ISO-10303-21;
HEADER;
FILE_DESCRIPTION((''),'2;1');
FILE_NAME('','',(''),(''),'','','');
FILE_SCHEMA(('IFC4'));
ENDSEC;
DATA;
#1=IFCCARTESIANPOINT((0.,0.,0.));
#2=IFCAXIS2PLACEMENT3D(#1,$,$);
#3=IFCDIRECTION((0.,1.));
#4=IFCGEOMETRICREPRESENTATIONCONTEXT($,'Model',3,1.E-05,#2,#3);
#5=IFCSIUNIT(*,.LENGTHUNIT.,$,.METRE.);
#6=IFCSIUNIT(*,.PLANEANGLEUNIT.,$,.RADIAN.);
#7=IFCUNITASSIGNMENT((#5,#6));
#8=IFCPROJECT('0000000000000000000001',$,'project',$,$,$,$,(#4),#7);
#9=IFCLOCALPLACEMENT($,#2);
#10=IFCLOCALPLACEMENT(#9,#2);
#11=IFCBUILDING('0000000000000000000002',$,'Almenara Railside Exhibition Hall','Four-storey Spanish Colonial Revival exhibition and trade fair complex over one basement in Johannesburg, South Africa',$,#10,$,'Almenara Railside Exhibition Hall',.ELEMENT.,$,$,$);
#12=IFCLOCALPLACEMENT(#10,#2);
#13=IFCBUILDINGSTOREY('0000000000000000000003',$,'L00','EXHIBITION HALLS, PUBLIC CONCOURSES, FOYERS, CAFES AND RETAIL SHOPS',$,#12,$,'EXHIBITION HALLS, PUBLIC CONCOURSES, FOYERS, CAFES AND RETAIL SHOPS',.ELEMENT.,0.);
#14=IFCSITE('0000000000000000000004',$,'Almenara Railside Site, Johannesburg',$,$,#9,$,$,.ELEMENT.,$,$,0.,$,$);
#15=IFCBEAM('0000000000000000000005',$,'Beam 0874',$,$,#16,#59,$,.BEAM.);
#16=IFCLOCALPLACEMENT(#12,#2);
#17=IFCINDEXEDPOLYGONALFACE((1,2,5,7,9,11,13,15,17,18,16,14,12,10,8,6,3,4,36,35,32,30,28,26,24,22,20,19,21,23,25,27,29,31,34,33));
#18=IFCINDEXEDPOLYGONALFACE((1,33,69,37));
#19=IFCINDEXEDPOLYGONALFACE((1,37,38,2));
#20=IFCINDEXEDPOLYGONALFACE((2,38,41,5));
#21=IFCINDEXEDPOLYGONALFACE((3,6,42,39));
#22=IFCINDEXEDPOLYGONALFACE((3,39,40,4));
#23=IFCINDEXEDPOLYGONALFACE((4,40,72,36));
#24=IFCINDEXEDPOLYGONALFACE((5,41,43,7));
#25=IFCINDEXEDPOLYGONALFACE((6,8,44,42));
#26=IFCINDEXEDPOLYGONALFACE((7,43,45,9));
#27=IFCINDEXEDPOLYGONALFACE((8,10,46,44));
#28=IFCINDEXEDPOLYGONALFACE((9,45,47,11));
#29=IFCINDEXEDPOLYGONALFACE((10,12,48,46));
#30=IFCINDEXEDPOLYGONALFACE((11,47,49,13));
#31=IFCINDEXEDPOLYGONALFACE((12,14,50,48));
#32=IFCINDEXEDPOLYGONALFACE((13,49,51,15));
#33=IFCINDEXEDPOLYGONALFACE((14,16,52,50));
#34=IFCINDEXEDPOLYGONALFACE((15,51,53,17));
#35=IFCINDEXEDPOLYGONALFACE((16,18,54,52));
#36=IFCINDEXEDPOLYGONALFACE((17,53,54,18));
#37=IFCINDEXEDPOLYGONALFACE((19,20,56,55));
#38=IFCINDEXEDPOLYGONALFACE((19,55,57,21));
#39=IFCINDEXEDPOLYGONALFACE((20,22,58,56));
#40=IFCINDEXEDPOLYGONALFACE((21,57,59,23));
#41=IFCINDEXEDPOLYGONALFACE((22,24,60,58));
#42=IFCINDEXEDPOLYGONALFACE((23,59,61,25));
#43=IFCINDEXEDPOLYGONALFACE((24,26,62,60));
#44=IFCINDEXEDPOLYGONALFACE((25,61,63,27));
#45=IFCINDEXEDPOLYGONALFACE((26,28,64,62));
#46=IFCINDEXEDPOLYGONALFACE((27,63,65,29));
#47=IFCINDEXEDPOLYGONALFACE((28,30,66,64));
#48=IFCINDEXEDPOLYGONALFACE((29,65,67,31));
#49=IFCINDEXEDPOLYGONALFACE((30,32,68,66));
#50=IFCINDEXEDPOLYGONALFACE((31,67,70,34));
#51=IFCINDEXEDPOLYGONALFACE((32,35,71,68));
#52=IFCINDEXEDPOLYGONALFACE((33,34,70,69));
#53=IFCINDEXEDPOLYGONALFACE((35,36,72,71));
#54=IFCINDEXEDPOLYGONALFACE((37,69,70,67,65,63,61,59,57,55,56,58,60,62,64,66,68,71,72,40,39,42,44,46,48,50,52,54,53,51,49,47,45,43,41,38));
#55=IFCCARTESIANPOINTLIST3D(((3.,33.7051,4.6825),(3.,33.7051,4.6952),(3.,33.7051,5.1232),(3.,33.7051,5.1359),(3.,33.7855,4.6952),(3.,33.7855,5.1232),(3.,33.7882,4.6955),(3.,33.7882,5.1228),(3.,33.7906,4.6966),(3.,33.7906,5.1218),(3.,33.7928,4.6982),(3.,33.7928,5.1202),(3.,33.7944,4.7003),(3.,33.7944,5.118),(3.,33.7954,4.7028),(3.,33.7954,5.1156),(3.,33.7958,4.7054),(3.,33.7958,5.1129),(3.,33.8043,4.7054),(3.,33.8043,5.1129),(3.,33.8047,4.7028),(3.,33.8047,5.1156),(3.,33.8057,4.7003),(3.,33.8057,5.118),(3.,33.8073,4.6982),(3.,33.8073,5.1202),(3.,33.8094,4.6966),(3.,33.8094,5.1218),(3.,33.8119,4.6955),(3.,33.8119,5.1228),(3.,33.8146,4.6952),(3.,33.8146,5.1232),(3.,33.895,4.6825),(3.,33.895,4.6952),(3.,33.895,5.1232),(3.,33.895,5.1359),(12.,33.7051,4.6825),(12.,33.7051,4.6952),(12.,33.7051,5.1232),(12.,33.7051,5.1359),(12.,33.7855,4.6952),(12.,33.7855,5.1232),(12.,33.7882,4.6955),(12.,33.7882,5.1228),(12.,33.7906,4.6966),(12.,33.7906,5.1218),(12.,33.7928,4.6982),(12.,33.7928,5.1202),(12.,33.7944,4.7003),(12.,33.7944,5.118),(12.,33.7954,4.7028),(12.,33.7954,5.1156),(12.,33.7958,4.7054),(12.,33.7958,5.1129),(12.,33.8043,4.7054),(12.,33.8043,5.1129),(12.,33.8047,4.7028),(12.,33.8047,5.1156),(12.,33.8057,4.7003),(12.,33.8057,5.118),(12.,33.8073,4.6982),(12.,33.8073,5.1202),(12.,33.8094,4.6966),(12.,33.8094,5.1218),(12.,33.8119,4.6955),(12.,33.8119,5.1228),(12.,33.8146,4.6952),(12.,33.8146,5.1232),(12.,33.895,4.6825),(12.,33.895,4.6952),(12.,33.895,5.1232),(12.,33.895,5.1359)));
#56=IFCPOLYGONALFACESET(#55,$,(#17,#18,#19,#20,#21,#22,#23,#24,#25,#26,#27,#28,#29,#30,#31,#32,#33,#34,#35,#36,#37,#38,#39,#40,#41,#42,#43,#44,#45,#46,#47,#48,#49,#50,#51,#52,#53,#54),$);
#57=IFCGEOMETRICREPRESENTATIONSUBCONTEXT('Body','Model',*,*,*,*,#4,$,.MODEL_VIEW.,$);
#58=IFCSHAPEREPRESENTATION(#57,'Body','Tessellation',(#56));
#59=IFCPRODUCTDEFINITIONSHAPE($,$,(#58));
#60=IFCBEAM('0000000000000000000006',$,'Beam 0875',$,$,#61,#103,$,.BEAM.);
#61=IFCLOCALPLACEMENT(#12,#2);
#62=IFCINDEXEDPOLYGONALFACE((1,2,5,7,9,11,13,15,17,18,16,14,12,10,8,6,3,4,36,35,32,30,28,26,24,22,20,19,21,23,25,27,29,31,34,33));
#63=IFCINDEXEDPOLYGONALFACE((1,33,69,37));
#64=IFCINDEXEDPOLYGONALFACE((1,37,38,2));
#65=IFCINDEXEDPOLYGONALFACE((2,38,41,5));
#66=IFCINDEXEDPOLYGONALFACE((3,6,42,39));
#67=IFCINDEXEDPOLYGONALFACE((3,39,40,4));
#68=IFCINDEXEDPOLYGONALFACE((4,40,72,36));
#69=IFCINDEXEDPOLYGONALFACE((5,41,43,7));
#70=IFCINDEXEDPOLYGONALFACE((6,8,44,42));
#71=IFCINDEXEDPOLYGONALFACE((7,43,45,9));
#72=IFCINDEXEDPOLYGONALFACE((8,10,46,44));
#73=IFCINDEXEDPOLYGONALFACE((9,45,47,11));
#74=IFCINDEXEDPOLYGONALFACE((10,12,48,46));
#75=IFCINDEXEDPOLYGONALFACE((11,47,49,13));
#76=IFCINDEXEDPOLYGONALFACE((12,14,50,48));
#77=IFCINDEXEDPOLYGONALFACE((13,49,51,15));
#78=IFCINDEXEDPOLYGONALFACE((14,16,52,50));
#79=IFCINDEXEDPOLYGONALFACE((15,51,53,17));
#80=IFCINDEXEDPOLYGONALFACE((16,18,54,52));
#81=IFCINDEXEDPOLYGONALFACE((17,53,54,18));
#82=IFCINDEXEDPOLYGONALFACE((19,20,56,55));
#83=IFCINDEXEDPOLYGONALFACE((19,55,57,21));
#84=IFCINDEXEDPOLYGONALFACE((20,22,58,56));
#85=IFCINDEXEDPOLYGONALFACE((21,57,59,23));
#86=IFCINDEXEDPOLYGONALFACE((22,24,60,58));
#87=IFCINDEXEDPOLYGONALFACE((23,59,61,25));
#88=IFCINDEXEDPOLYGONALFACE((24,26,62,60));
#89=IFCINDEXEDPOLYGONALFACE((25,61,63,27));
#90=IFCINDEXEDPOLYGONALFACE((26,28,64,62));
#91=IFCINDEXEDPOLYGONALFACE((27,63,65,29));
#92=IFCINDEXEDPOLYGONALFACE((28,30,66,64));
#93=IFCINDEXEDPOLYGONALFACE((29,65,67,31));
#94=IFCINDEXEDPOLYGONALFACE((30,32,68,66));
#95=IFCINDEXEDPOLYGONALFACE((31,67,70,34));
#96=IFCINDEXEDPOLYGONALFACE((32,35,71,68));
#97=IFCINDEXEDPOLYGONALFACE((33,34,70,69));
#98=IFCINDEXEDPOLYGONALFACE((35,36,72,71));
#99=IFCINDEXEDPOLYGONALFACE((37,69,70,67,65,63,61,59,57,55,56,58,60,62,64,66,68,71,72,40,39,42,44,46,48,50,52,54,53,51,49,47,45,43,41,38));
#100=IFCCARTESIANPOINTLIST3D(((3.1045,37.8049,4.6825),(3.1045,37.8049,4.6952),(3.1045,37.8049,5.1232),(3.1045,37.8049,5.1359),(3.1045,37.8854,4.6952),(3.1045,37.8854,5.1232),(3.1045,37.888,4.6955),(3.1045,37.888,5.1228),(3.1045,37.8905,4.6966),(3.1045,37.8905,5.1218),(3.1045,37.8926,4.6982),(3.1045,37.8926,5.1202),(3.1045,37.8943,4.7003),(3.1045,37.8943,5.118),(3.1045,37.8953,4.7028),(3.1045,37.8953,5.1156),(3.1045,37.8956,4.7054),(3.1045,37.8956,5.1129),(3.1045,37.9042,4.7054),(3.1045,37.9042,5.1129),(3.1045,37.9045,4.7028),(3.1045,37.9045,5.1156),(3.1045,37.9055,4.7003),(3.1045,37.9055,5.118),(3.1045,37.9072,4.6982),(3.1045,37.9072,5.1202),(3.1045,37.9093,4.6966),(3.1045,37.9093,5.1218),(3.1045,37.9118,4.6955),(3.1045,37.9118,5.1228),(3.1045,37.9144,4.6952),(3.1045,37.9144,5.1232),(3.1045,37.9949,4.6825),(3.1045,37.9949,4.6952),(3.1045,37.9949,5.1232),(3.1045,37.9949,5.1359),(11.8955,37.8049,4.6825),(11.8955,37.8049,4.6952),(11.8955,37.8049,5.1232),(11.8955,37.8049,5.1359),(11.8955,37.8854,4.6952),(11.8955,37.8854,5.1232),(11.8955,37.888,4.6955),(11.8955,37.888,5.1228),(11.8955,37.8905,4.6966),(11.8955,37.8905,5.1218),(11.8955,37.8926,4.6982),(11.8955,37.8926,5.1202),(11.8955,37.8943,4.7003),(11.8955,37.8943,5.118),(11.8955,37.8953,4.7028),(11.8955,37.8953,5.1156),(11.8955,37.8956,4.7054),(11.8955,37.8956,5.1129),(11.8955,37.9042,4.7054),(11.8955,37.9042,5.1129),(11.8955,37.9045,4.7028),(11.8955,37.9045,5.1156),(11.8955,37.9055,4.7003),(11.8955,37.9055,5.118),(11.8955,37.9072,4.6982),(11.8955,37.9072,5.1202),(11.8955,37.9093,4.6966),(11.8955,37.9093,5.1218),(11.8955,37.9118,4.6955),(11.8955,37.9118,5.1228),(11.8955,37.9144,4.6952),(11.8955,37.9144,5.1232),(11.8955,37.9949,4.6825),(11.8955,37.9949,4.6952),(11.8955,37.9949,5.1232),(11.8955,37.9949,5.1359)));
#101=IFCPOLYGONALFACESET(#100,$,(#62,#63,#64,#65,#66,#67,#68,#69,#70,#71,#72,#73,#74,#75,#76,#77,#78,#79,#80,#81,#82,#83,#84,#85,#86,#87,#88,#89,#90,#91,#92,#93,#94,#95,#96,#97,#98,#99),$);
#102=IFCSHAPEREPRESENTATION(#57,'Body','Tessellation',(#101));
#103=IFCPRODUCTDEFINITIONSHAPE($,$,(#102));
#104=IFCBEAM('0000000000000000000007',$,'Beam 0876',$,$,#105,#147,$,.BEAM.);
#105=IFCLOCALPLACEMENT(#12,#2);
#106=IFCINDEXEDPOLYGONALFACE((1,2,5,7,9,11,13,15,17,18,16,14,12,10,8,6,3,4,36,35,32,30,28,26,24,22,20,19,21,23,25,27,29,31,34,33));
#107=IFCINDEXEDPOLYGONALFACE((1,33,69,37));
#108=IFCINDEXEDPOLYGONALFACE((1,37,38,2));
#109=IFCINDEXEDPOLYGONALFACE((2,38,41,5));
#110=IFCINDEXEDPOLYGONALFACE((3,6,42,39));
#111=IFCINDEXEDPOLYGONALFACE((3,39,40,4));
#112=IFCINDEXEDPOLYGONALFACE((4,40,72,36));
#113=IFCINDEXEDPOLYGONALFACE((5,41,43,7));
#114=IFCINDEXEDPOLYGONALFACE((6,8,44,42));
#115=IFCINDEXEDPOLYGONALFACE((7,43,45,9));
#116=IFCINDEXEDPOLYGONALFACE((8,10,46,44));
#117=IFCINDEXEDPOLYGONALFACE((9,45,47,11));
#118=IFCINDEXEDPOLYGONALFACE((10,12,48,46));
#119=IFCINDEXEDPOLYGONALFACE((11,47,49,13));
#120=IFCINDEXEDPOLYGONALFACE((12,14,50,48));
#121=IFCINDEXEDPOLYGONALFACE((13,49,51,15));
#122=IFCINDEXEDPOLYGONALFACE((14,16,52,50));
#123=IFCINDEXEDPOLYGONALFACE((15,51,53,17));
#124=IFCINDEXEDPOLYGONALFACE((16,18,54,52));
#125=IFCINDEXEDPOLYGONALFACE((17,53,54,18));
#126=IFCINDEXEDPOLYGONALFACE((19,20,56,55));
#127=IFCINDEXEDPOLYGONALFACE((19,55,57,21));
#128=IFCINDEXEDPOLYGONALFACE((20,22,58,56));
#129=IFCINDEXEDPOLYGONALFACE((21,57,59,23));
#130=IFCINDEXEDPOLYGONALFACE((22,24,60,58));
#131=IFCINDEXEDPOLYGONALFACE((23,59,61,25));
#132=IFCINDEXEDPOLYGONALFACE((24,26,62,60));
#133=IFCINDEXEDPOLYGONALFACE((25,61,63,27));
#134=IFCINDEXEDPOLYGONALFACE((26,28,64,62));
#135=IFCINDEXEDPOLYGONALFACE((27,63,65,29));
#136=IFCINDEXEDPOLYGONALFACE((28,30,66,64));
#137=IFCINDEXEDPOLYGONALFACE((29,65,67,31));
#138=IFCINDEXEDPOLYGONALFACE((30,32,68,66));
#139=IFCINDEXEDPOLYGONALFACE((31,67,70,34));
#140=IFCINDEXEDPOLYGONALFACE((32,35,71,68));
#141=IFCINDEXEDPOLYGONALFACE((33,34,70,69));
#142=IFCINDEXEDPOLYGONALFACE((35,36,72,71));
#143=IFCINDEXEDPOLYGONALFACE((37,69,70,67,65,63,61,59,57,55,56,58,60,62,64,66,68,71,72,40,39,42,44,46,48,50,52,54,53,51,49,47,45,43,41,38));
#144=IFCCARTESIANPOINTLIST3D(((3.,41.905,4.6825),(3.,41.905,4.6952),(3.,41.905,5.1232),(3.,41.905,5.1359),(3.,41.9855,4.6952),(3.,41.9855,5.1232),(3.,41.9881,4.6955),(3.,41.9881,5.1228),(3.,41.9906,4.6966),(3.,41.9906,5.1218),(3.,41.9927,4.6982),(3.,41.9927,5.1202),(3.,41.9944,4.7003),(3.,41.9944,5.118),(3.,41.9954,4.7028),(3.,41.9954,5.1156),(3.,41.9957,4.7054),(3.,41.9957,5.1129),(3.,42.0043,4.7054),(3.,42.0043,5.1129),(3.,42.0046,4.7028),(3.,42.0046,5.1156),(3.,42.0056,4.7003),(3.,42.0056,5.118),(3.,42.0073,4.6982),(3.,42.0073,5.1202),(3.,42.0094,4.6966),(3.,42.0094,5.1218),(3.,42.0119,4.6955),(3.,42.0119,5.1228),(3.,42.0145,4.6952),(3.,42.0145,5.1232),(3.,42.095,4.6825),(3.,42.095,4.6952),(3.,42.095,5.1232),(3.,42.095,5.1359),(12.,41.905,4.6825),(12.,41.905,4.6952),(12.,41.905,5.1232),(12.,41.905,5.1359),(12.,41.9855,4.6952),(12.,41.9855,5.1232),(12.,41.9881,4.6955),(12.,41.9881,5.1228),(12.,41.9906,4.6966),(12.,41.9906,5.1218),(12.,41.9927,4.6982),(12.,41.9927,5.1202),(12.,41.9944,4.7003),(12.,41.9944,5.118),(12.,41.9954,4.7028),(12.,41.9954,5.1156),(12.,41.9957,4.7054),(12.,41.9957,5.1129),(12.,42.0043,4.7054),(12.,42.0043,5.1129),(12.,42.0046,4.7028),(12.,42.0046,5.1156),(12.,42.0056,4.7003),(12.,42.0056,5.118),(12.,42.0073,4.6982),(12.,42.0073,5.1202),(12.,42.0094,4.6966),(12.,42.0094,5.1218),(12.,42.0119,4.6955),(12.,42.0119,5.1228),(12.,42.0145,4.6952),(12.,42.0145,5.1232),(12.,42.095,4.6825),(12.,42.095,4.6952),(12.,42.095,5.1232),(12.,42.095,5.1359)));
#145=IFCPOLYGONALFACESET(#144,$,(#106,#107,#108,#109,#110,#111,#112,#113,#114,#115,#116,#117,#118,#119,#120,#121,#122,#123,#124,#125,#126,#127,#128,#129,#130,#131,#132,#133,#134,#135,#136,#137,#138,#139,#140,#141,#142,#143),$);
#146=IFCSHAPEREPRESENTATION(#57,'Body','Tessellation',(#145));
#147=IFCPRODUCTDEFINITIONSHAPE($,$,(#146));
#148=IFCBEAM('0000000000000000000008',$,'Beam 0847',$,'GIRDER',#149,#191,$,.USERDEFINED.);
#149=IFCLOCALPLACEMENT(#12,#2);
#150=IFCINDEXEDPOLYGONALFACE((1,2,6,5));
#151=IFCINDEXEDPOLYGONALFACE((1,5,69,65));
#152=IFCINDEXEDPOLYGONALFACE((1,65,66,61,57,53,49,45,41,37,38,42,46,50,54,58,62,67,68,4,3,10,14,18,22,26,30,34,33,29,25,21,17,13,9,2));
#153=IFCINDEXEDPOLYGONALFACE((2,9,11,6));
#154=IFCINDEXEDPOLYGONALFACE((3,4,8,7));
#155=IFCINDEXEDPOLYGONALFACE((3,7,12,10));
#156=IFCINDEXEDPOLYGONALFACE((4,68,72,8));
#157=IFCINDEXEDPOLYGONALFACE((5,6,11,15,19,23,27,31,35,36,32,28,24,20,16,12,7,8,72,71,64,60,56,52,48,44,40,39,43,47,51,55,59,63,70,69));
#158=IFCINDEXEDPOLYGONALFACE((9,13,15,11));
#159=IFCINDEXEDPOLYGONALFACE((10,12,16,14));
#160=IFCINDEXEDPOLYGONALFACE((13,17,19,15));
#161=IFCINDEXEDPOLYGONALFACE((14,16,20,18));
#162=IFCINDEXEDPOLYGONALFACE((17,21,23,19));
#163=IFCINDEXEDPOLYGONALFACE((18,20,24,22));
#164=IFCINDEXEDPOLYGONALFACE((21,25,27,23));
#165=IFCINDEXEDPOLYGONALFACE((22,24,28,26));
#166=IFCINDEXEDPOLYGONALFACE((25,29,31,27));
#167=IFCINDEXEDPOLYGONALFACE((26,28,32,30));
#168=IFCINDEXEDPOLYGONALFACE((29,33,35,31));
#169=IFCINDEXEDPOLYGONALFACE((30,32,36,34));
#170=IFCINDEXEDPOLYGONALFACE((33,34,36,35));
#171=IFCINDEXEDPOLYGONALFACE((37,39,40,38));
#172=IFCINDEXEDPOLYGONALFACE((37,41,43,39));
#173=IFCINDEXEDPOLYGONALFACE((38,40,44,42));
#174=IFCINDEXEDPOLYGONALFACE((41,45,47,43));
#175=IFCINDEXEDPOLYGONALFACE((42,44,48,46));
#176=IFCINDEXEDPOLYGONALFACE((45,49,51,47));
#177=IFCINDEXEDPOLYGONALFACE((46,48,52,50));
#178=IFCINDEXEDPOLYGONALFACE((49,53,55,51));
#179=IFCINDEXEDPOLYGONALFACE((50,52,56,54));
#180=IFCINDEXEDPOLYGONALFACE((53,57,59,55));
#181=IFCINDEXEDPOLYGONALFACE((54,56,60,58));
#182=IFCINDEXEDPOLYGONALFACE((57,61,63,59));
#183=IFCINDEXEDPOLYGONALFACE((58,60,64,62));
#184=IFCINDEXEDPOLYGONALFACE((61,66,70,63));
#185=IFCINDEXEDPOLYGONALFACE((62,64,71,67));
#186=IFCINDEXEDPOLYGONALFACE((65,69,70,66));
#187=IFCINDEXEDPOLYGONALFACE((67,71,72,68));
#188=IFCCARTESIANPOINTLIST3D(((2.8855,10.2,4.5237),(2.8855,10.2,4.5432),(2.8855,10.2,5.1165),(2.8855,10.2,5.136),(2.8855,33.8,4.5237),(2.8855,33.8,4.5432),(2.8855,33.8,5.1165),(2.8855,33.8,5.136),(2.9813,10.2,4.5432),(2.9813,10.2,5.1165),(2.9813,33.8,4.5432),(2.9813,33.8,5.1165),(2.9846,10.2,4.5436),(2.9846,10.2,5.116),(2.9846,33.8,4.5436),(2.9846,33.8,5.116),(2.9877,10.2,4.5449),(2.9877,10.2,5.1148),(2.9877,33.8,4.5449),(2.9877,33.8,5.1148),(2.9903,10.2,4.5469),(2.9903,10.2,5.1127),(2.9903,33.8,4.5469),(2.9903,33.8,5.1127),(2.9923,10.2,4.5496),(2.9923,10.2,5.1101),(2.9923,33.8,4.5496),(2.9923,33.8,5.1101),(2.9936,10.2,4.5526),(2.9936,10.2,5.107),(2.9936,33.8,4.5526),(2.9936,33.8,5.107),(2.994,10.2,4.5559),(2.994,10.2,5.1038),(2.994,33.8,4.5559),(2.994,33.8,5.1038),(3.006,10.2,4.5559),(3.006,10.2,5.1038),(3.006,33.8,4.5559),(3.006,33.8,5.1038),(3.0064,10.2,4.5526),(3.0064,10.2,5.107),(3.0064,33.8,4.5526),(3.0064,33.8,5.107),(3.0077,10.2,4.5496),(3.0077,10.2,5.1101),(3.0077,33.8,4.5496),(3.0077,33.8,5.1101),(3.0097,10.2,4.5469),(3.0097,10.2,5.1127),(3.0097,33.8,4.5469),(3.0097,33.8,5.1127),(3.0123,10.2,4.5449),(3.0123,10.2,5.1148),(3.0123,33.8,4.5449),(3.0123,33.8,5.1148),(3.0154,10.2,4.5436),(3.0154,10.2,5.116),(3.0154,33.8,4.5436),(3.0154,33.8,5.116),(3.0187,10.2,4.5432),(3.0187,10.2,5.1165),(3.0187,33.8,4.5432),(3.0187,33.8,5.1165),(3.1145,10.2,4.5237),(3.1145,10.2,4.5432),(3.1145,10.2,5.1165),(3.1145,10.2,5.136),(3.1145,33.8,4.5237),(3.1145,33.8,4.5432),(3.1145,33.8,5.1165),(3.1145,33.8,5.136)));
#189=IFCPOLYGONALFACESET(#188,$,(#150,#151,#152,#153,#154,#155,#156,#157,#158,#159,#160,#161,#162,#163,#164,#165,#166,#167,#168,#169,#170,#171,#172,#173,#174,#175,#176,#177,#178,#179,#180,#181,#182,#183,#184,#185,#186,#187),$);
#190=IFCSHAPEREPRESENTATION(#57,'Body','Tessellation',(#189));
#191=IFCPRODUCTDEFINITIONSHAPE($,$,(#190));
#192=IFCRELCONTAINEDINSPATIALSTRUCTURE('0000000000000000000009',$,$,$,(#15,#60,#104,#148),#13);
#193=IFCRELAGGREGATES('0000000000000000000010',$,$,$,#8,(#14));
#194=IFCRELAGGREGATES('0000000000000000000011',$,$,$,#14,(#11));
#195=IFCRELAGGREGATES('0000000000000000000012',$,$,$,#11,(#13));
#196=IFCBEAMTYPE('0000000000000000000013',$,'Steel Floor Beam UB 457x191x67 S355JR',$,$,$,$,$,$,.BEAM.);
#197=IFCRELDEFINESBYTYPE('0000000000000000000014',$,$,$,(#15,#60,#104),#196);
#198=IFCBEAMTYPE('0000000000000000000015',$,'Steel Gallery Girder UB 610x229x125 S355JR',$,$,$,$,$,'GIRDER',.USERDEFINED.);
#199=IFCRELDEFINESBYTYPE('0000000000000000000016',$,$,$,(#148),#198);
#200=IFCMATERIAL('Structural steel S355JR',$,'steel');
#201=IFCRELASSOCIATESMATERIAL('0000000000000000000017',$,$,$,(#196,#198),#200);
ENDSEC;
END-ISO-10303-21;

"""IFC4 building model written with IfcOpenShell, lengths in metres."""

from ifc_helpers import new_model, si_unit, direction, frame, origin, origin_2d, place, context, subcontext, project, spatial, i_section, extrude, material, material_profile, profile_set, type_object, element, save


model = new_model("IFC4")

# Units and contexts
model_context = context("Model", 3, precision=1e-05, world=origin(), true_north=direction((0.0, 1.0)))
body_context = subcontext(model_context, "Body", "Model", "MODEL_VIEW")
ifc_project = project(units=[si_unit("LENGTHUNIT", "METRE"), si_unit("PLANEANGLEUNIT", "RADIAN")], contexts=[model_context])

# Site, building, storey
site_placement = place(None, origin())
site = spatial("IfcSite", under=ifc_project, at=site_placement, Name="Almenara Railside Site, Johannesburg", CompositionType="ELEMENT", RefElevation=0.0)
building_placement = place(site_placement, origin())
building = spatial("IfcBuilding", under=site, at=building_placement, Name="Almenara Railside Exhibition Hall", Description="Four-storey Spanish Colonial Revival exhibition and trade fair complex over one basement in Johannesburg, South Africa", LongName="Almenara Railside Exhibition Hall", CompositionType="ELEMENT")
storey_placement = place(building_placement, origin())
storey = spatial("IfcBuildingStorey", under=building, at=storey_placement, Name="L00", Description="EXHIBITION HALLS, PUBLIC CONCOURSES, FOYERS, CAFES AND RETAIL SHOPS", LongName="EXHIBITION HALLS, PUBLIC CONCOURSES, FOYERS, CAFES AND RETAIL SHOPS", CompositionType="ELEMENT", Elevation=0.0)

# Beams
ifc_material_1 = material(Name="Structural steel S355JR", Category="steel")
ifc_material_profile_1 = material_profile(ifc_material_1, i_section(OverallWidth=0.1899, OverallDepth=0.4534, WebThickness=0.0085, FlangeThickness=0.0127, FilletRadius=0.0103, at=origin_2d()), Name="UB 457x191x67")
ifc_profile_set_1 = profile_set([ifc_material_profile_1], Name="Structural steel S355JR")
beam_type_1 = type_object("IfcBeamType", Name="Steel Floor Beam UB 457x191x67 S355JR", PredefinedType="BEAM", material=ifc_profile_set_1)
for number, where, z_axis, x_axis, name in (
    (1, (3.0, 33.8, 4.9092), (1.0, 0.0, 0.0), (0.0, 1.0, 0.0), "Beam 0874"),
):
    element("IfcBeam", number, at=place(storey_placement, frame(where, z_axis=z_axis, x_axis=x_axis)), inside=storey, type_object=beam_type_1, Name=name, PredefinedType="BEAM", context=body_context, shape_type="SweptSolid", body=[
        extrude(i_section(OverallWidth=0.1899, OverallDepth=0.4534, WebThickness=0.0085, FlangeThickness=0.0127, FilletRadius=0.0103, at=origin_2d()), origin(), (0.0, 0.0, 1.0), 9.0),
    ])
beam_1_placement = place(storey_placement, frame((3.1045, 37.8999, 4.9092), z_axis=(1.0, 0.0, 0.0), x_axis=(0.0, 1.0, 0.0)))
element("IfcBeam", 2, at=beam_1_placement, inside=storey, type_object=beam_type_1, Name="Beam 0875", PredefinedType="BEAM", context=body_context, shape_type="SweptSolid", body=[
    extrude(i_section(OverallWidth=0.1899, OverallDepth=0.4534, WebThickness=0.0085, FlangeThickness=0.0127, FilletRadius=0.0103, at=origin_2d()), origin(), (0.0, 0.0, 1.0), 8.791),
])
beam_2_placement = place(storey_placement, frame((3.0, 42.0, 4.9092), z_axis=(1.0, 0.0, 0.0), x_axis=(0.0, 1.0, 0.0)))
element("IfcBeam", 3, at=beam_2_placement, inside=storey, type_object=beam_type_1, Name="Beam 0876", PredefinedType="BEAM", context=body_context, shape_type="SweptSolid", body=[
    extrude(i_section(OverallWidth=0.1899, OverallDepth=0.4534, WebThickness=0.0085, FlangeThickness=0.0127, FilletRadius=0.0103, at=origin_2d()), origin(), (0.0, 0.0, 1.0), 9.0),
])
ifc_material_profile_2 = material_profile(ifc_material_1, i_section(OverallWidth=0.229, OverallDepth=0.6123, WebThickness=0.012, FlangeThickness=0.0195, FilletRadius=0.0127, at=origin_2d()), Name="UB 610x229x125")
ifc_profile_set_2 = profile_set([ifc_material_profile_2], Name="Structural steel S355JR")
beam_type_2 = type_object("IfcBeamType", Name="Steel Gallery Girder UB 610x229x125 S355JR", ElementType="GIRDER", PredefinedType="USERDEFINED", material=ifc_profile_set_2)
beam_3_placement = place(storey_placement, frame((3.0, 10.2, 4.8298), z_axis=(0.0, 1.0, 0.0), x_axis=(-1.0, 0.0, 0.0)))
element("IfcBeam", 4, at=beam_3_placement, inside=storey, type_object=beam_type_2, Name="Beam 0847", ObjectType="GIRDER", PredefinedType="USERDEFINED", context=body_context, shape_type="SweptSolid", body=[
    extrude(i_section(OverallWidth=0.229, OverallDepth=0.6123, WebThickness=0.012, FlangeThickness=0.0195, FilletRadius=0.0127, at=origin_2d()), origin(), (0.0, 0.0, 1.0), 23.6001),
])

save(model, "model.ifc")
